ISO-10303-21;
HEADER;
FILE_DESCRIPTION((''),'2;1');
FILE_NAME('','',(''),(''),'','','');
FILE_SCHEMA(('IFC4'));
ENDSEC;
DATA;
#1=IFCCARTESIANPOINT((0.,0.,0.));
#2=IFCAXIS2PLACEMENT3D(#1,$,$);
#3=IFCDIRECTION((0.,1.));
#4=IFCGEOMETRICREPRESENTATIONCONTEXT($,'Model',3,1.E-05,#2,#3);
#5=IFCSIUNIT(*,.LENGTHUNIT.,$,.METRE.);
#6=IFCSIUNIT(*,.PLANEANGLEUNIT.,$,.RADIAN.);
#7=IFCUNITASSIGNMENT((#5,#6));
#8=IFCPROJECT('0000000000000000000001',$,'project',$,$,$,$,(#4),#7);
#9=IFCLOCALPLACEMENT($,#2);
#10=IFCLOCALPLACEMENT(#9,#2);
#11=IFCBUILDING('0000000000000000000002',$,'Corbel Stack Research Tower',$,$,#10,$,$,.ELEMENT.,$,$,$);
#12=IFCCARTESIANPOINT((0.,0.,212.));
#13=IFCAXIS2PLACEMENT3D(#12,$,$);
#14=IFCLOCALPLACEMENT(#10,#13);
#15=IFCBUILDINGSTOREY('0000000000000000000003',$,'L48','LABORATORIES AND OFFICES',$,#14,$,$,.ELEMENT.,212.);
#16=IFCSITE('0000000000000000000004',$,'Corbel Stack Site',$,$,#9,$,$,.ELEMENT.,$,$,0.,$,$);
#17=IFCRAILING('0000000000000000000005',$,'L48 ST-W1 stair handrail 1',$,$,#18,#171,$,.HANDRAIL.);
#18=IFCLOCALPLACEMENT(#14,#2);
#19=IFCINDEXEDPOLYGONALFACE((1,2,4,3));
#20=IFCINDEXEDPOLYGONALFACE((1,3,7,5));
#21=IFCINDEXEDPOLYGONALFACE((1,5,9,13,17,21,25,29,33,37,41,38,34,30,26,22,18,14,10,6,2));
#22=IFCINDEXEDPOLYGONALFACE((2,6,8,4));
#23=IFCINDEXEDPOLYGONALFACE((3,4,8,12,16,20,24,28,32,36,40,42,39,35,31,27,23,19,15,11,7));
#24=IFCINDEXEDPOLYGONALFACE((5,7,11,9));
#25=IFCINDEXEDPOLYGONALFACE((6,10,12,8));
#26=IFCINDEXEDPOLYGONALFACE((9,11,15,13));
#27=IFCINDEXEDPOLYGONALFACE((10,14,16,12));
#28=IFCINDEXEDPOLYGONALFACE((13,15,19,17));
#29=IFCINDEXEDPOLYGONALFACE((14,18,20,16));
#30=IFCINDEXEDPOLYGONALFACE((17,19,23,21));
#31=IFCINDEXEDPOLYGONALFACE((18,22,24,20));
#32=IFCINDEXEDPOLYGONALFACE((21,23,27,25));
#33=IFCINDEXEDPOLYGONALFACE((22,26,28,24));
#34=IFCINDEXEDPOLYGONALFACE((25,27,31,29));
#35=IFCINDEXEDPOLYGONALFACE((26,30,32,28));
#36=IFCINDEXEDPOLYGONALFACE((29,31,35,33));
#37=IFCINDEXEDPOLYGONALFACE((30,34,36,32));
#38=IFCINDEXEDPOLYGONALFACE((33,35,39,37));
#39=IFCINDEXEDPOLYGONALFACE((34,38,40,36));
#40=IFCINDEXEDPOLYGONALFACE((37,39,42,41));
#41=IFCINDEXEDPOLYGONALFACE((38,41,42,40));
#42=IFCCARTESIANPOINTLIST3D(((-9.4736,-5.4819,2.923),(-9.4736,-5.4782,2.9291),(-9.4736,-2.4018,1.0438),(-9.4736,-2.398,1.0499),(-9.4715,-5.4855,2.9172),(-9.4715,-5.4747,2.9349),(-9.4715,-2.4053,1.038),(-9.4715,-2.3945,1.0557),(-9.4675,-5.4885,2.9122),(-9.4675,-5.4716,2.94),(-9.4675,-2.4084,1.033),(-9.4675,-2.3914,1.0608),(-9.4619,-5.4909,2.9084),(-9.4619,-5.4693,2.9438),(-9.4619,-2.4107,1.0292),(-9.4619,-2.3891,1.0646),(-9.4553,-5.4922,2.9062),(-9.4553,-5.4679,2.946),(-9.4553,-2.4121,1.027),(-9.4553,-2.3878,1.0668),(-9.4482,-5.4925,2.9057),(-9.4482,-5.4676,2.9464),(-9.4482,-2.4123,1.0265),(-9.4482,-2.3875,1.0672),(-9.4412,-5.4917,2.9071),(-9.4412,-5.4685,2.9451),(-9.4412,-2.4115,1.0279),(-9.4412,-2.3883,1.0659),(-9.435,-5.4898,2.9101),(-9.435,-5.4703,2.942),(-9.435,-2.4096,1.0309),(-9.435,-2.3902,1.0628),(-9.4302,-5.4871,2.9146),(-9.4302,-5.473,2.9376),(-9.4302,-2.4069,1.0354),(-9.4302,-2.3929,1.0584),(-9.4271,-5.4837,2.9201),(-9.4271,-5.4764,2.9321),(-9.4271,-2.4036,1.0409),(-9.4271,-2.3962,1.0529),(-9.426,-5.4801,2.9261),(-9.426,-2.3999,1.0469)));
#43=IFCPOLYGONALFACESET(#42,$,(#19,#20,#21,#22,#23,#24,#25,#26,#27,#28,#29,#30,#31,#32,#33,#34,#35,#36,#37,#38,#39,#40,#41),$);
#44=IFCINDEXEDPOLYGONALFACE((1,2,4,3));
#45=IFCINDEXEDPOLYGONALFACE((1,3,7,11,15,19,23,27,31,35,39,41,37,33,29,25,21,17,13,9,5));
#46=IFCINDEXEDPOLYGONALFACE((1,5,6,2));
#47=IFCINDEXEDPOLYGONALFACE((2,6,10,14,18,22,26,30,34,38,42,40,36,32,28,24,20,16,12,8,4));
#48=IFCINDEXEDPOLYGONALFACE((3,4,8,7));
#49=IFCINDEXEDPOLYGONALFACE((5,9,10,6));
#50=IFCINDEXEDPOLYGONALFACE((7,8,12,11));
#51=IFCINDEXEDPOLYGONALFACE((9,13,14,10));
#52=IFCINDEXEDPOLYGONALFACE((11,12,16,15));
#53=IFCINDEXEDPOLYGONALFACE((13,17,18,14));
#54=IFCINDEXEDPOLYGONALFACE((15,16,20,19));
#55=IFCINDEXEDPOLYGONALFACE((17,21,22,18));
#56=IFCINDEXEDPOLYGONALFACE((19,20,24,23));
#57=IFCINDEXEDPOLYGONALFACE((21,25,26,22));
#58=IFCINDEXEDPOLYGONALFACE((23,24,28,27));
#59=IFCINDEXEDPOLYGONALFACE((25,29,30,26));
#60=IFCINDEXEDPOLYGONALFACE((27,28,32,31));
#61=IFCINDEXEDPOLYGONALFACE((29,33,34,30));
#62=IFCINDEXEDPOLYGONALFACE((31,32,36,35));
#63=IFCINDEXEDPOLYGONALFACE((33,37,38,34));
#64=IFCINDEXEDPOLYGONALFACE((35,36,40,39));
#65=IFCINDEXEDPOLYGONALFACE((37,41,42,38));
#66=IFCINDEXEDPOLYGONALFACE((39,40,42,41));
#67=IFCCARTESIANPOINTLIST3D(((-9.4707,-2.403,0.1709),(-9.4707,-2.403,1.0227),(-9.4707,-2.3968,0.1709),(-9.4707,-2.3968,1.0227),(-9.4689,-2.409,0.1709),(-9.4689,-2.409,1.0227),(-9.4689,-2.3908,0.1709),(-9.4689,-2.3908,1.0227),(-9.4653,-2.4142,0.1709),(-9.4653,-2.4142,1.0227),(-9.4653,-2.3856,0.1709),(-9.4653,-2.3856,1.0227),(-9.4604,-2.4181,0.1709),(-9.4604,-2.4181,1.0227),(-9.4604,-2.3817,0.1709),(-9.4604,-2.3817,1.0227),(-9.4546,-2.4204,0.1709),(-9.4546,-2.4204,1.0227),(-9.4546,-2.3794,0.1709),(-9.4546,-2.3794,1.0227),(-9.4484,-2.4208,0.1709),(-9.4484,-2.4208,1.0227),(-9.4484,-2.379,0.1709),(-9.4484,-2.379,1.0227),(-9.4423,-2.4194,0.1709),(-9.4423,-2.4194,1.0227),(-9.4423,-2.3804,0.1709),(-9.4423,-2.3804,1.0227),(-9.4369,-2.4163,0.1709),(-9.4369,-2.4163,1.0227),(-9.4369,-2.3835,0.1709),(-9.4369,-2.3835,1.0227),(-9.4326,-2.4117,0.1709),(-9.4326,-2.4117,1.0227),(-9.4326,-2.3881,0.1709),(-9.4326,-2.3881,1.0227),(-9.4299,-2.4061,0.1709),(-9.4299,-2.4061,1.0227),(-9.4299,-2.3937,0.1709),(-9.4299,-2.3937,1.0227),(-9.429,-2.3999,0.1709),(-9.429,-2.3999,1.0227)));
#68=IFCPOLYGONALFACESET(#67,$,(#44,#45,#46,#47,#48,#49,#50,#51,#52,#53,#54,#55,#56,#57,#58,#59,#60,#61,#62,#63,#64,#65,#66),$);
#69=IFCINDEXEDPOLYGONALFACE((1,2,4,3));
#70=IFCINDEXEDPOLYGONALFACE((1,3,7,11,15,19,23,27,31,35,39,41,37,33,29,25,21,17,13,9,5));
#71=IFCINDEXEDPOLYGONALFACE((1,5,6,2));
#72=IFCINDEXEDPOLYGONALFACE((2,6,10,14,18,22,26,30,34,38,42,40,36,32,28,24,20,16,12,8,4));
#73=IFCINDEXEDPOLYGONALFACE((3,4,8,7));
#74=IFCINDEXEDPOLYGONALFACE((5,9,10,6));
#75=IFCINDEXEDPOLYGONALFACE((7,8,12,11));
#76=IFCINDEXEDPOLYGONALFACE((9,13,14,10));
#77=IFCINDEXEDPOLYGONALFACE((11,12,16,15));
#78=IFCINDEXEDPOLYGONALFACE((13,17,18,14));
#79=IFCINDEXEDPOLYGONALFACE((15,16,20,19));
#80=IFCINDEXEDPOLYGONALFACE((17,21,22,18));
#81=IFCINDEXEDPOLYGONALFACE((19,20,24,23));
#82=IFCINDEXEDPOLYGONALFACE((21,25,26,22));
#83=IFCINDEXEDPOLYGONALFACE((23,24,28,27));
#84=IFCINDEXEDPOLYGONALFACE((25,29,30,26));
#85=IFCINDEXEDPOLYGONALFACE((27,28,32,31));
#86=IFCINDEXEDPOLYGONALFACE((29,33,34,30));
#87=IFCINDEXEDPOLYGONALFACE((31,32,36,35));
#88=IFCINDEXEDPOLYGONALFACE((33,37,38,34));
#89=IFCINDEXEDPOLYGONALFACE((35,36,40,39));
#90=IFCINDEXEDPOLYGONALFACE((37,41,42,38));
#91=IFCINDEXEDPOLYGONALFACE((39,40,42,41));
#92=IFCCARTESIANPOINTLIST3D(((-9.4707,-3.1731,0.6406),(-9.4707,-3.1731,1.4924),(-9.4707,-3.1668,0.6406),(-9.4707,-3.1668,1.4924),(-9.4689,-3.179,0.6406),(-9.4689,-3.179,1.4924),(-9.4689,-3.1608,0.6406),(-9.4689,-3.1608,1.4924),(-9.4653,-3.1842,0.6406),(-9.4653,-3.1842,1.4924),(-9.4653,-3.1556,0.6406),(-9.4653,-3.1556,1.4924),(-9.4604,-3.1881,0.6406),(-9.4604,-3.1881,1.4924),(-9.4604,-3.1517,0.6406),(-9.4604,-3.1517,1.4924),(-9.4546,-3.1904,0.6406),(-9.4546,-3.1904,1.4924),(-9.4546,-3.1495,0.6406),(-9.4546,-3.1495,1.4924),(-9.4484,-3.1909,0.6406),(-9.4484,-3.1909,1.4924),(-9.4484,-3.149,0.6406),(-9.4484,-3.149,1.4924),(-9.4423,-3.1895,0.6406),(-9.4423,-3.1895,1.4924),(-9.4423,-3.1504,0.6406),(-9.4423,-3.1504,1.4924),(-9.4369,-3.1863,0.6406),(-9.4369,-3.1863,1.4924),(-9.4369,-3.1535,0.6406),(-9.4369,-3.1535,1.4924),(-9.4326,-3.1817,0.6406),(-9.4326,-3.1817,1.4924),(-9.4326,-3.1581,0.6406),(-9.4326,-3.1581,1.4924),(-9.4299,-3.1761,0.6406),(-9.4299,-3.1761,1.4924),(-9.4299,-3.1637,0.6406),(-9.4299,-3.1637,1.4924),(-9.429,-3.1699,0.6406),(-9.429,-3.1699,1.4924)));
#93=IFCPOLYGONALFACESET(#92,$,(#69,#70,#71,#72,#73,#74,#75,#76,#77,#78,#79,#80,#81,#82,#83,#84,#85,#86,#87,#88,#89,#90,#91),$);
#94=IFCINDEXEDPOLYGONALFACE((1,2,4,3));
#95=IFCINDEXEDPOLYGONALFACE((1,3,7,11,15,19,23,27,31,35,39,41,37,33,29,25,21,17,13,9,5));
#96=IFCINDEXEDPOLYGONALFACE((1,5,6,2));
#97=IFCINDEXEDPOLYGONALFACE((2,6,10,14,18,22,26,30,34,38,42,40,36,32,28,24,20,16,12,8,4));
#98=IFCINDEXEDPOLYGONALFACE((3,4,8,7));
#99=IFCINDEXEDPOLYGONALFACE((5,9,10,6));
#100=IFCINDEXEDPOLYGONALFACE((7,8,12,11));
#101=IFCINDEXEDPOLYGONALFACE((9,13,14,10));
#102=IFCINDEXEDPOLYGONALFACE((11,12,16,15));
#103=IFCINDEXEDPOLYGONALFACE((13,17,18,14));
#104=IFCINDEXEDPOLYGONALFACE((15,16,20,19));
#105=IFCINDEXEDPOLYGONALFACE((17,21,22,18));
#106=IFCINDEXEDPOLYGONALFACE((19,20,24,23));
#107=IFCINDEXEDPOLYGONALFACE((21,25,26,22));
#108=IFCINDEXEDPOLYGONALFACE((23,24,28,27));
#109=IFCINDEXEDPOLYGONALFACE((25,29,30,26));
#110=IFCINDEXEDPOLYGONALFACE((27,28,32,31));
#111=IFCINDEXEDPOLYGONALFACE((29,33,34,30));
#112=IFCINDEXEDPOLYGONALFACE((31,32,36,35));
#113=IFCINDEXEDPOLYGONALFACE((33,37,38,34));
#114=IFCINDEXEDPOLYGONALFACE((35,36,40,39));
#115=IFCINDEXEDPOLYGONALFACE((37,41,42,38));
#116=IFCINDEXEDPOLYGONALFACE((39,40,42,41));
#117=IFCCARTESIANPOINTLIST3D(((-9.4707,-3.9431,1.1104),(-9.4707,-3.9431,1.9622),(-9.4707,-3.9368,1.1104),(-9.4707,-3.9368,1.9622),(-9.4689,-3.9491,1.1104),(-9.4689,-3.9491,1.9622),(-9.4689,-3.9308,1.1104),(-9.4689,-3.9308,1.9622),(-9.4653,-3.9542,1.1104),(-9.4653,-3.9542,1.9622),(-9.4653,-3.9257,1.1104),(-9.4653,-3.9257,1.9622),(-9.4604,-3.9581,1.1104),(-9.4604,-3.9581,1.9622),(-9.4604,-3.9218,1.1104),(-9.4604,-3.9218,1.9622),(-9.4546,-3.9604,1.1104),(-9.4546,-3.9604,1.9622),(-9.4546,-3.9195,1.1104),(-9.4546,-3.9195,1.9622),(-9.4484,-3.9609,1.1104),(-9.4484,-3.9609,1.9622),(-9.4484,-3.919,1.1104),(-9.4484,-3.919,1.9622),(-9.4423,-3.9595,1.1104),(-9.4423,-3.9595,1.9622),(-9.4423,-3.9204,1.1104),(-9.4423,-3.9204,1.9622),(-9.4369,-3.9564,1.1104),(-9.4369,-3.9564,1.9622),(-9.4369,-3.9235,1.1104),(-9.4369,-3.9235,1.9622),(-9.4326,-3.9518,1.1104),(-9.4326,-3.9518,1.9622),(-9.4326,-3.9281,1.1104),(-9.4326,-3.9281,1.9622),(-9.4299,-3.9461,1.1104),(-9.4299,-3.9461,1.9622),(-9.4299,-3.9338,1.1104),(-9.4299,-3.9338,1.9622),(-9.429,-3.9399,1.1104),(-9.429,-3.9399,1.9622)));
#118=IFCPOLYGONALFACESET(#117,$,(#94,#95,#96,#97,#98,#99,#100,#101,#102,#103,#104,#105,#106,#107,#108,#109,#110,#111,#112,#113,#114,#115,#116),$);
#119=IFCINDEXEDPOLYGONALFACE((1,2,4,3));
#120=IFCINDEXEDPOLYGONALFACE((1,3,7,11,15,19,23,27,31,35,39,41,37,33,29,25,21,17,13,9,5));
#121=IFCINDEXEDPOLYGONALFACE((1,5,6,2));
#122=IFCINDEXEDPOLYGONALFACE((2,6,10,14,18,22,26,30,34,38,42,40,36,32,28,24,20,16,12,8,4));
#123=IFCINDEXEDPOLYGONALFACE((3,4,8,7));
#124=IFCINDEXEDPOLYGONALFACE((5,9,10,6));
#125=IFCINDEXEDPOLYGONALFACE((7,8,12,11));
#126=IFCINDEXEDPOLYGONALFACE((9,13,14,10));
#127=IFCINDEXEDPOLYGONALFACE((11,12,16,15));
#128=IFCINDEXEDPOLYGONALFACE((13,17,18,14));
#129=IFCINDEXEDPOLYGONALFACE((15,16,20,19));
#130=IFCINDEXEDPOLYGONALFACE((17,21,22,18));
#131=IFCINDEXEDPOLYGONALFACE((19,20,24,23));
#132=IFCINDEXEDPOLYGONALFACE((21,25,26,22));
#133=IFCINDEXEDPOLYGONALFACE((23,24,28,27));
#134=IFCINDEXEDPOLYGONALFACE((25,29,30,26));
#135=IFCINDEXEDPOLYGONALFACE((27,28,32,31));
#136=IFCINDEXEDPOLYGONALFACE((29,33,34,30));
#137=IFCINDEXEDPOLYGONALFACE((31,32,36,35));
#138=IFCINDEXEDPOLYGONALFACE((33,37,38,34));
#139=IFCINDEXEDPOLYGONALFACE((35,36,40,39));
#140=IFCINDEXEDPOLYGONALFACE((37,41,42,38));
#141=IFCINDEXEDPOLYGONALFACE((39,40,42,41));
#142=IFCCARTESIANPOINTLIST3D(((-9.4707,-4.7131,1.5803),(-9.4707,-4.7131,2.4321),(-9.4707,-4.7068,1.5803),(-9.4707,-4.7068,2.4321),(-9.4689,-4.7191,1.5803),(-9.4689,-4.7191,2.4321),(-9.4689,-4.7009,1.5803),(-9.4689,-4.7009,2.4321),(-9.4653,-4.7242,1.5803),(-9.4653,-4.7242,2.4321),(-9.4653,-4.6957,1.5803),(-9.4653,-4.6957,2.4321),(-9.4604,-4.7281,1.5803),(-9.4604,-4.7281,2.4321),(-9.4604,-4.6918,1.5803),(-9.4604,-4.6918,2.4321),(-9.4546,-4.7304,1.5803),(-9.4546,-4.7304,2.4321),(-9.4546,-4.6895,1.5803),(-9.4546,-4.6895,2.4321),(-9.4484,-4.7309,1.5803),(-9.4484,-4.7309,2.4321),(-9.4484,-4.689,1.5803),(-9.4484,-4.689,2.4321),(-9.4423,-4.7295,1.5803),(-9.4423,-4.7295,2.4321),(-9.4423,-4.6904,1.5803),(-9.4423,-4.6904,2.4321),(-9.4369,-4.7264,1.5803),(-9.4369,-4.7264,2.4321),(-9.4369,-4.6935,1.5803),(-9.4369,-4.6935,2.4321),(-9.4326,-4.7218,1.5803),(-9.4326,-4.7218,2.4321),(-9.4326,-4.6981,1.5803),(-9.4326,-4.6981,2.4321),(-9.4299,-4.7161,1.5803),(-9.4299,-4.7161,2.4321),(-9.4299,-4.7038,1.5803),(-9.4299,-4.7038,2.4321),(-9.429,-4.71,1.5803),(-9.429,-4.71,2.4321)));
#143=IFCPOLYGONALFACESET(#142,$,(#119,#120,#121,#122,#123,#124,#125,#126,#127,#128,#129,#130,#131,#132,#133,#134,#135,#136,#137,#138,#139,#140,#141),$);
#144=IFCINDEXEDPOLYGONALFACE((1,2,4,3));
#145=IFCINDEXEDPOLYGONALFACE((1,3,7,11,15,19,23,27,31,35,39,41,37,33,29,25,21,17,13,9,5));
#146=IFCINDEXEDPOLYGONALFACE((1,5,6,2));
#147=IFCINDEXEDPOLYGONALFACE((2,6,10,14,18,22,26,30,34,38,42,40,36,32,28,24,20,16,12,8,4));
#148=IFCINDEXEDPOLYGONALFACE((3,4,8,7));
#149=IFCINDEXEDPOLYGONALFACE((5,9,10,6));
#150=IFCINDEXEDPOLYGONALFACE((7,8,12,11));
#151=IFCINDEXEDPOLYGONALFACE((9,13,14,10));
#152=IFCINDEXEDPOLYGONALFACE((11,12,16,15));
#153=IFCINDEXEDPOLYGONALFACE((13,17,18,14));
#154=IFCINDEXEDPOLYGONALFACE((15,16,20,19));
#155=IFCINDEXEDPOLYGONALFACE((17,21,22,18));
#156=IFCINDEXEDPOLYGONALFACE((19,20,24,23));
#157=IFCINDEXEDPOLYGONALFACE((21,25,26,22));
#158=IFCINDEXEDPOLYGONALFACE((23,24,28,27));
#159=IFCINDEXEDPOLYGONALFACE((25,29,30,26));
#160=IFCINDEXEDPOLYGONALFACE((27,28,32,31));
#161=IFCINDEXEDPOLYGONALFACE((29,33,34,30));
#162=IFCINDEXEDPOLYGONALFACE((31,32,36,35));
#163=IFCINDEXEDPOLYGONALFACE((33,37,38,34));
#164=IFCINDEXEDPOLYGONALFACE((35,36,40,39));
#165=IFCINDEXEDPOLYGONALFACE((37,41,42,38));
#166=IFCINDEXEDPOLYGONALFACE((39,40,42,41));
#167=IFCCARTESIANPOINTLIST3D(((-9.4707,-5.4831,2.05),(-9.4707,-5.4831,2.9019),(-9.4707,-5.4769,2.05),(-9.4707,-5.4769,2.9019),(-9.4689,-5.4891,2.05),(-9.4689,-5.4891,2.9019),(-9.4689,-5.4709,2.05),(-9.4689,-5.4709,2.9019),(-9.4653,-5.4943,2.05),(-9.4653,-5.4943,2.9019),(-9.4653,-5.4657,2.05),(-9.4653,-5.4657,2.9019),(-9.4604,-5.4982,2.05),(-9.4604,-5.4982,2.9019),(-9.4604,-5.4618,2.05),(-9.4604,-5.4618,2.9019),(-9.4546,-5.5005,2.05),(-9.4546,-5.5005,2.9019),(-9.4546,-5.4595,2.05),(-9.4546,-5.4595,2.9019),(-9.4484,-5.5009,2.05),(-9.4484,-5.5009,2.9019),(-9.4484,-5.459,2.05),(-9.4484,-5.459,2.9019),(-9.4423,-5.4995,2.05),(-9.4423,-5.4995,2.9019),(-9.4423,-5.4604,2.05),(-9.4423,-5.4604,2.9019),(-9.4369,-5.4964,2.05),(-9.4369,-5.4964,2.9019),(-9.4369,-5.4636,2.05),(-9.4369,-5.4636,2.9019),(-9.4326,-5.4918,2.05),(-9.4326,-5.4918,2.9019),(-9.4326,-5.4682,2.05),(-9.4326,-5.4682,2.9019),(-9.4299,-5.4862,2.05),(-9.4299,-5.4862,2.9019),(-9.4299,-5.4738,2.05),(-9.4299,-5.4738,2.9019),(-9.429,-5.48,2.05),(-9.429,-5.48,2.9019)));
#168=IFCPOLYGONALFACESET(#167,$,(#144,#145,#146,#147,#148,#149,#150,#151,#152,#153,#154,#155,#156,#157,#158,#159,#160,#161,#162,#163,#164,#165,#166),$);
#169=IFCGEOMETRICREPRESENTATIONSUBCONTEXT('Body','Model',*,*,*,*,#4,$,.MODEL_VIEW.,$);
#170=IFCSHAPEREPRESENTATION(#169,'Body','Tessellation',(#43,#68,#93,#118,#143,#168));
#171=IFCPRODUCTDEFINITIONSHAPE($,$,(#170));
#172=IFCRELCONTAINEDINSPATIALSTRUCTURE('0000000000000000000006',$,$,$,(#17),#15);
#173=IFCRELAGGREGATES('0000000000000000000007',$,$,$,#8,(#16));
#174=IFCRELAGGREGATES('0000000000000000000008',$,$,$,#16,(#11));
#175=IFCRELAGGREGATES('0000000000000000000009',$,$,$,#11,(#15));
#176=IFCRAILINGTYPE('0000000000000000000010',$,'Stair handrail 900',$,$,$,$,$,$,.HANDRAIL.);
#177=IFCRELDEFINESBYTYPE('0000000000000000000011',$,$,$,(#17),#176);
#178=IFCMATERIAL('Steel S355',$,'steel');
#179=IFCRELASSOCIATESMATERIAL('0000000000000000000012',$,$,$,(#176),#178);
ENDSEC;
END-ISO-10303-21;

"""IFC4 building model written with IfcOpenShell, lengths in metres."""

from ifc_helpers import new_model, si_unit, direction, frame, origin, origin_2d, place, context, subcontext, project, spatial, circle, extrude, material, type_object, element, save


model = new_model("IFC4")

# Units and contexts
model_context = context("Model", 3, precision=1e-05, world=origin(), true_north=direction((0.0, 1.0)))
body_context = subcontext(model_context, "Body", "Model", "MODEL_VIEW")
ifc_project = project(units=[si_unit("LENGTHUNIT", "METRE"), si_unit("PLANEANGLEUNIT", "RADIAN")], contexts=[model_context])

# Site, building, storey
site_placement = place(None, origin())
site = spatial("IfcSite", under=ifc_project, at=site_placement, Name="Corbel Stack Site", CompositionType="ELEMENT", RefElevation=0.0)
building_placement = place(site_placement, origin())
building = spatial("IfcBuilding", under=site, at=building_placement, Name="Corbel Stack Research Tower", CompositionType="ELEMENT")
storey_placement = place(building_placement, frame((0.0, 0.0, 212.0)))
storey = spatial("IfcBuildingStorey", under=building, at=storey_placement, Name="L48", Description="LABORATORIES AND OFFICES", CompositionType="ELEMENT", Elevation=212.0)

# Railing
ifc_material_1 = material(Name="Steel S355", Category="steel")
railing_type_1 = type_object("IfcRailingType", Name="Stair handrail 900", PredefinedType="HANDRAIL", material=ifc_material_1)
railing_1_placement = place(storey_placement, frame((-9.45, -2.3999, 0.1709)))
element("IfcRailing", 1, at=railing_1_placement, inside=storey, type_object=railing_type_1, Name="L48 ST-W1 stair handrail 1", PredefinedType="HANDRAIL", context=body_context, shape_type="SweptSolid", body=[
    extrude(circle(Radius=0.0239, at=origin_2d()), frame((0.0, 0.0, 0.876), z_axis=(0.0, -0.853666, 0.52082), x_axis=(1.0, 0.0, 0.0)), (0.0, 0.0, 1.0), 3.6082),
    extrude(circle(Radius=0.021, at=origin_2d()), origin(), (0.0, 0.0, 1.0), 0.8518),
    extrude(circle(Radius=0.021, at=origin_2d()), frame((0.0, -0.77, 0.4697)), (0.0, 0.0, 1.0), 0.8518),
    extrude(circle(Radius=0.021, at=origin_2d()), frame((0.0, -1.54, 0.9395)), (0.0, 0.0, 1.0), 0.8518),
    extrude(circle(Radius=0.021, at=origin_2d()), frame((0.0, -2.3101, 1.4094)), (0.0, 0.0, 1.0), 0.8518),
    extrude(circle(Radius=0.021, at=origin_2d()), frame((0.0, -3.0801, 1.8792)), (0.0, 0.0, 1.0), 0.8518),
])

save(model, "model.ifc")
